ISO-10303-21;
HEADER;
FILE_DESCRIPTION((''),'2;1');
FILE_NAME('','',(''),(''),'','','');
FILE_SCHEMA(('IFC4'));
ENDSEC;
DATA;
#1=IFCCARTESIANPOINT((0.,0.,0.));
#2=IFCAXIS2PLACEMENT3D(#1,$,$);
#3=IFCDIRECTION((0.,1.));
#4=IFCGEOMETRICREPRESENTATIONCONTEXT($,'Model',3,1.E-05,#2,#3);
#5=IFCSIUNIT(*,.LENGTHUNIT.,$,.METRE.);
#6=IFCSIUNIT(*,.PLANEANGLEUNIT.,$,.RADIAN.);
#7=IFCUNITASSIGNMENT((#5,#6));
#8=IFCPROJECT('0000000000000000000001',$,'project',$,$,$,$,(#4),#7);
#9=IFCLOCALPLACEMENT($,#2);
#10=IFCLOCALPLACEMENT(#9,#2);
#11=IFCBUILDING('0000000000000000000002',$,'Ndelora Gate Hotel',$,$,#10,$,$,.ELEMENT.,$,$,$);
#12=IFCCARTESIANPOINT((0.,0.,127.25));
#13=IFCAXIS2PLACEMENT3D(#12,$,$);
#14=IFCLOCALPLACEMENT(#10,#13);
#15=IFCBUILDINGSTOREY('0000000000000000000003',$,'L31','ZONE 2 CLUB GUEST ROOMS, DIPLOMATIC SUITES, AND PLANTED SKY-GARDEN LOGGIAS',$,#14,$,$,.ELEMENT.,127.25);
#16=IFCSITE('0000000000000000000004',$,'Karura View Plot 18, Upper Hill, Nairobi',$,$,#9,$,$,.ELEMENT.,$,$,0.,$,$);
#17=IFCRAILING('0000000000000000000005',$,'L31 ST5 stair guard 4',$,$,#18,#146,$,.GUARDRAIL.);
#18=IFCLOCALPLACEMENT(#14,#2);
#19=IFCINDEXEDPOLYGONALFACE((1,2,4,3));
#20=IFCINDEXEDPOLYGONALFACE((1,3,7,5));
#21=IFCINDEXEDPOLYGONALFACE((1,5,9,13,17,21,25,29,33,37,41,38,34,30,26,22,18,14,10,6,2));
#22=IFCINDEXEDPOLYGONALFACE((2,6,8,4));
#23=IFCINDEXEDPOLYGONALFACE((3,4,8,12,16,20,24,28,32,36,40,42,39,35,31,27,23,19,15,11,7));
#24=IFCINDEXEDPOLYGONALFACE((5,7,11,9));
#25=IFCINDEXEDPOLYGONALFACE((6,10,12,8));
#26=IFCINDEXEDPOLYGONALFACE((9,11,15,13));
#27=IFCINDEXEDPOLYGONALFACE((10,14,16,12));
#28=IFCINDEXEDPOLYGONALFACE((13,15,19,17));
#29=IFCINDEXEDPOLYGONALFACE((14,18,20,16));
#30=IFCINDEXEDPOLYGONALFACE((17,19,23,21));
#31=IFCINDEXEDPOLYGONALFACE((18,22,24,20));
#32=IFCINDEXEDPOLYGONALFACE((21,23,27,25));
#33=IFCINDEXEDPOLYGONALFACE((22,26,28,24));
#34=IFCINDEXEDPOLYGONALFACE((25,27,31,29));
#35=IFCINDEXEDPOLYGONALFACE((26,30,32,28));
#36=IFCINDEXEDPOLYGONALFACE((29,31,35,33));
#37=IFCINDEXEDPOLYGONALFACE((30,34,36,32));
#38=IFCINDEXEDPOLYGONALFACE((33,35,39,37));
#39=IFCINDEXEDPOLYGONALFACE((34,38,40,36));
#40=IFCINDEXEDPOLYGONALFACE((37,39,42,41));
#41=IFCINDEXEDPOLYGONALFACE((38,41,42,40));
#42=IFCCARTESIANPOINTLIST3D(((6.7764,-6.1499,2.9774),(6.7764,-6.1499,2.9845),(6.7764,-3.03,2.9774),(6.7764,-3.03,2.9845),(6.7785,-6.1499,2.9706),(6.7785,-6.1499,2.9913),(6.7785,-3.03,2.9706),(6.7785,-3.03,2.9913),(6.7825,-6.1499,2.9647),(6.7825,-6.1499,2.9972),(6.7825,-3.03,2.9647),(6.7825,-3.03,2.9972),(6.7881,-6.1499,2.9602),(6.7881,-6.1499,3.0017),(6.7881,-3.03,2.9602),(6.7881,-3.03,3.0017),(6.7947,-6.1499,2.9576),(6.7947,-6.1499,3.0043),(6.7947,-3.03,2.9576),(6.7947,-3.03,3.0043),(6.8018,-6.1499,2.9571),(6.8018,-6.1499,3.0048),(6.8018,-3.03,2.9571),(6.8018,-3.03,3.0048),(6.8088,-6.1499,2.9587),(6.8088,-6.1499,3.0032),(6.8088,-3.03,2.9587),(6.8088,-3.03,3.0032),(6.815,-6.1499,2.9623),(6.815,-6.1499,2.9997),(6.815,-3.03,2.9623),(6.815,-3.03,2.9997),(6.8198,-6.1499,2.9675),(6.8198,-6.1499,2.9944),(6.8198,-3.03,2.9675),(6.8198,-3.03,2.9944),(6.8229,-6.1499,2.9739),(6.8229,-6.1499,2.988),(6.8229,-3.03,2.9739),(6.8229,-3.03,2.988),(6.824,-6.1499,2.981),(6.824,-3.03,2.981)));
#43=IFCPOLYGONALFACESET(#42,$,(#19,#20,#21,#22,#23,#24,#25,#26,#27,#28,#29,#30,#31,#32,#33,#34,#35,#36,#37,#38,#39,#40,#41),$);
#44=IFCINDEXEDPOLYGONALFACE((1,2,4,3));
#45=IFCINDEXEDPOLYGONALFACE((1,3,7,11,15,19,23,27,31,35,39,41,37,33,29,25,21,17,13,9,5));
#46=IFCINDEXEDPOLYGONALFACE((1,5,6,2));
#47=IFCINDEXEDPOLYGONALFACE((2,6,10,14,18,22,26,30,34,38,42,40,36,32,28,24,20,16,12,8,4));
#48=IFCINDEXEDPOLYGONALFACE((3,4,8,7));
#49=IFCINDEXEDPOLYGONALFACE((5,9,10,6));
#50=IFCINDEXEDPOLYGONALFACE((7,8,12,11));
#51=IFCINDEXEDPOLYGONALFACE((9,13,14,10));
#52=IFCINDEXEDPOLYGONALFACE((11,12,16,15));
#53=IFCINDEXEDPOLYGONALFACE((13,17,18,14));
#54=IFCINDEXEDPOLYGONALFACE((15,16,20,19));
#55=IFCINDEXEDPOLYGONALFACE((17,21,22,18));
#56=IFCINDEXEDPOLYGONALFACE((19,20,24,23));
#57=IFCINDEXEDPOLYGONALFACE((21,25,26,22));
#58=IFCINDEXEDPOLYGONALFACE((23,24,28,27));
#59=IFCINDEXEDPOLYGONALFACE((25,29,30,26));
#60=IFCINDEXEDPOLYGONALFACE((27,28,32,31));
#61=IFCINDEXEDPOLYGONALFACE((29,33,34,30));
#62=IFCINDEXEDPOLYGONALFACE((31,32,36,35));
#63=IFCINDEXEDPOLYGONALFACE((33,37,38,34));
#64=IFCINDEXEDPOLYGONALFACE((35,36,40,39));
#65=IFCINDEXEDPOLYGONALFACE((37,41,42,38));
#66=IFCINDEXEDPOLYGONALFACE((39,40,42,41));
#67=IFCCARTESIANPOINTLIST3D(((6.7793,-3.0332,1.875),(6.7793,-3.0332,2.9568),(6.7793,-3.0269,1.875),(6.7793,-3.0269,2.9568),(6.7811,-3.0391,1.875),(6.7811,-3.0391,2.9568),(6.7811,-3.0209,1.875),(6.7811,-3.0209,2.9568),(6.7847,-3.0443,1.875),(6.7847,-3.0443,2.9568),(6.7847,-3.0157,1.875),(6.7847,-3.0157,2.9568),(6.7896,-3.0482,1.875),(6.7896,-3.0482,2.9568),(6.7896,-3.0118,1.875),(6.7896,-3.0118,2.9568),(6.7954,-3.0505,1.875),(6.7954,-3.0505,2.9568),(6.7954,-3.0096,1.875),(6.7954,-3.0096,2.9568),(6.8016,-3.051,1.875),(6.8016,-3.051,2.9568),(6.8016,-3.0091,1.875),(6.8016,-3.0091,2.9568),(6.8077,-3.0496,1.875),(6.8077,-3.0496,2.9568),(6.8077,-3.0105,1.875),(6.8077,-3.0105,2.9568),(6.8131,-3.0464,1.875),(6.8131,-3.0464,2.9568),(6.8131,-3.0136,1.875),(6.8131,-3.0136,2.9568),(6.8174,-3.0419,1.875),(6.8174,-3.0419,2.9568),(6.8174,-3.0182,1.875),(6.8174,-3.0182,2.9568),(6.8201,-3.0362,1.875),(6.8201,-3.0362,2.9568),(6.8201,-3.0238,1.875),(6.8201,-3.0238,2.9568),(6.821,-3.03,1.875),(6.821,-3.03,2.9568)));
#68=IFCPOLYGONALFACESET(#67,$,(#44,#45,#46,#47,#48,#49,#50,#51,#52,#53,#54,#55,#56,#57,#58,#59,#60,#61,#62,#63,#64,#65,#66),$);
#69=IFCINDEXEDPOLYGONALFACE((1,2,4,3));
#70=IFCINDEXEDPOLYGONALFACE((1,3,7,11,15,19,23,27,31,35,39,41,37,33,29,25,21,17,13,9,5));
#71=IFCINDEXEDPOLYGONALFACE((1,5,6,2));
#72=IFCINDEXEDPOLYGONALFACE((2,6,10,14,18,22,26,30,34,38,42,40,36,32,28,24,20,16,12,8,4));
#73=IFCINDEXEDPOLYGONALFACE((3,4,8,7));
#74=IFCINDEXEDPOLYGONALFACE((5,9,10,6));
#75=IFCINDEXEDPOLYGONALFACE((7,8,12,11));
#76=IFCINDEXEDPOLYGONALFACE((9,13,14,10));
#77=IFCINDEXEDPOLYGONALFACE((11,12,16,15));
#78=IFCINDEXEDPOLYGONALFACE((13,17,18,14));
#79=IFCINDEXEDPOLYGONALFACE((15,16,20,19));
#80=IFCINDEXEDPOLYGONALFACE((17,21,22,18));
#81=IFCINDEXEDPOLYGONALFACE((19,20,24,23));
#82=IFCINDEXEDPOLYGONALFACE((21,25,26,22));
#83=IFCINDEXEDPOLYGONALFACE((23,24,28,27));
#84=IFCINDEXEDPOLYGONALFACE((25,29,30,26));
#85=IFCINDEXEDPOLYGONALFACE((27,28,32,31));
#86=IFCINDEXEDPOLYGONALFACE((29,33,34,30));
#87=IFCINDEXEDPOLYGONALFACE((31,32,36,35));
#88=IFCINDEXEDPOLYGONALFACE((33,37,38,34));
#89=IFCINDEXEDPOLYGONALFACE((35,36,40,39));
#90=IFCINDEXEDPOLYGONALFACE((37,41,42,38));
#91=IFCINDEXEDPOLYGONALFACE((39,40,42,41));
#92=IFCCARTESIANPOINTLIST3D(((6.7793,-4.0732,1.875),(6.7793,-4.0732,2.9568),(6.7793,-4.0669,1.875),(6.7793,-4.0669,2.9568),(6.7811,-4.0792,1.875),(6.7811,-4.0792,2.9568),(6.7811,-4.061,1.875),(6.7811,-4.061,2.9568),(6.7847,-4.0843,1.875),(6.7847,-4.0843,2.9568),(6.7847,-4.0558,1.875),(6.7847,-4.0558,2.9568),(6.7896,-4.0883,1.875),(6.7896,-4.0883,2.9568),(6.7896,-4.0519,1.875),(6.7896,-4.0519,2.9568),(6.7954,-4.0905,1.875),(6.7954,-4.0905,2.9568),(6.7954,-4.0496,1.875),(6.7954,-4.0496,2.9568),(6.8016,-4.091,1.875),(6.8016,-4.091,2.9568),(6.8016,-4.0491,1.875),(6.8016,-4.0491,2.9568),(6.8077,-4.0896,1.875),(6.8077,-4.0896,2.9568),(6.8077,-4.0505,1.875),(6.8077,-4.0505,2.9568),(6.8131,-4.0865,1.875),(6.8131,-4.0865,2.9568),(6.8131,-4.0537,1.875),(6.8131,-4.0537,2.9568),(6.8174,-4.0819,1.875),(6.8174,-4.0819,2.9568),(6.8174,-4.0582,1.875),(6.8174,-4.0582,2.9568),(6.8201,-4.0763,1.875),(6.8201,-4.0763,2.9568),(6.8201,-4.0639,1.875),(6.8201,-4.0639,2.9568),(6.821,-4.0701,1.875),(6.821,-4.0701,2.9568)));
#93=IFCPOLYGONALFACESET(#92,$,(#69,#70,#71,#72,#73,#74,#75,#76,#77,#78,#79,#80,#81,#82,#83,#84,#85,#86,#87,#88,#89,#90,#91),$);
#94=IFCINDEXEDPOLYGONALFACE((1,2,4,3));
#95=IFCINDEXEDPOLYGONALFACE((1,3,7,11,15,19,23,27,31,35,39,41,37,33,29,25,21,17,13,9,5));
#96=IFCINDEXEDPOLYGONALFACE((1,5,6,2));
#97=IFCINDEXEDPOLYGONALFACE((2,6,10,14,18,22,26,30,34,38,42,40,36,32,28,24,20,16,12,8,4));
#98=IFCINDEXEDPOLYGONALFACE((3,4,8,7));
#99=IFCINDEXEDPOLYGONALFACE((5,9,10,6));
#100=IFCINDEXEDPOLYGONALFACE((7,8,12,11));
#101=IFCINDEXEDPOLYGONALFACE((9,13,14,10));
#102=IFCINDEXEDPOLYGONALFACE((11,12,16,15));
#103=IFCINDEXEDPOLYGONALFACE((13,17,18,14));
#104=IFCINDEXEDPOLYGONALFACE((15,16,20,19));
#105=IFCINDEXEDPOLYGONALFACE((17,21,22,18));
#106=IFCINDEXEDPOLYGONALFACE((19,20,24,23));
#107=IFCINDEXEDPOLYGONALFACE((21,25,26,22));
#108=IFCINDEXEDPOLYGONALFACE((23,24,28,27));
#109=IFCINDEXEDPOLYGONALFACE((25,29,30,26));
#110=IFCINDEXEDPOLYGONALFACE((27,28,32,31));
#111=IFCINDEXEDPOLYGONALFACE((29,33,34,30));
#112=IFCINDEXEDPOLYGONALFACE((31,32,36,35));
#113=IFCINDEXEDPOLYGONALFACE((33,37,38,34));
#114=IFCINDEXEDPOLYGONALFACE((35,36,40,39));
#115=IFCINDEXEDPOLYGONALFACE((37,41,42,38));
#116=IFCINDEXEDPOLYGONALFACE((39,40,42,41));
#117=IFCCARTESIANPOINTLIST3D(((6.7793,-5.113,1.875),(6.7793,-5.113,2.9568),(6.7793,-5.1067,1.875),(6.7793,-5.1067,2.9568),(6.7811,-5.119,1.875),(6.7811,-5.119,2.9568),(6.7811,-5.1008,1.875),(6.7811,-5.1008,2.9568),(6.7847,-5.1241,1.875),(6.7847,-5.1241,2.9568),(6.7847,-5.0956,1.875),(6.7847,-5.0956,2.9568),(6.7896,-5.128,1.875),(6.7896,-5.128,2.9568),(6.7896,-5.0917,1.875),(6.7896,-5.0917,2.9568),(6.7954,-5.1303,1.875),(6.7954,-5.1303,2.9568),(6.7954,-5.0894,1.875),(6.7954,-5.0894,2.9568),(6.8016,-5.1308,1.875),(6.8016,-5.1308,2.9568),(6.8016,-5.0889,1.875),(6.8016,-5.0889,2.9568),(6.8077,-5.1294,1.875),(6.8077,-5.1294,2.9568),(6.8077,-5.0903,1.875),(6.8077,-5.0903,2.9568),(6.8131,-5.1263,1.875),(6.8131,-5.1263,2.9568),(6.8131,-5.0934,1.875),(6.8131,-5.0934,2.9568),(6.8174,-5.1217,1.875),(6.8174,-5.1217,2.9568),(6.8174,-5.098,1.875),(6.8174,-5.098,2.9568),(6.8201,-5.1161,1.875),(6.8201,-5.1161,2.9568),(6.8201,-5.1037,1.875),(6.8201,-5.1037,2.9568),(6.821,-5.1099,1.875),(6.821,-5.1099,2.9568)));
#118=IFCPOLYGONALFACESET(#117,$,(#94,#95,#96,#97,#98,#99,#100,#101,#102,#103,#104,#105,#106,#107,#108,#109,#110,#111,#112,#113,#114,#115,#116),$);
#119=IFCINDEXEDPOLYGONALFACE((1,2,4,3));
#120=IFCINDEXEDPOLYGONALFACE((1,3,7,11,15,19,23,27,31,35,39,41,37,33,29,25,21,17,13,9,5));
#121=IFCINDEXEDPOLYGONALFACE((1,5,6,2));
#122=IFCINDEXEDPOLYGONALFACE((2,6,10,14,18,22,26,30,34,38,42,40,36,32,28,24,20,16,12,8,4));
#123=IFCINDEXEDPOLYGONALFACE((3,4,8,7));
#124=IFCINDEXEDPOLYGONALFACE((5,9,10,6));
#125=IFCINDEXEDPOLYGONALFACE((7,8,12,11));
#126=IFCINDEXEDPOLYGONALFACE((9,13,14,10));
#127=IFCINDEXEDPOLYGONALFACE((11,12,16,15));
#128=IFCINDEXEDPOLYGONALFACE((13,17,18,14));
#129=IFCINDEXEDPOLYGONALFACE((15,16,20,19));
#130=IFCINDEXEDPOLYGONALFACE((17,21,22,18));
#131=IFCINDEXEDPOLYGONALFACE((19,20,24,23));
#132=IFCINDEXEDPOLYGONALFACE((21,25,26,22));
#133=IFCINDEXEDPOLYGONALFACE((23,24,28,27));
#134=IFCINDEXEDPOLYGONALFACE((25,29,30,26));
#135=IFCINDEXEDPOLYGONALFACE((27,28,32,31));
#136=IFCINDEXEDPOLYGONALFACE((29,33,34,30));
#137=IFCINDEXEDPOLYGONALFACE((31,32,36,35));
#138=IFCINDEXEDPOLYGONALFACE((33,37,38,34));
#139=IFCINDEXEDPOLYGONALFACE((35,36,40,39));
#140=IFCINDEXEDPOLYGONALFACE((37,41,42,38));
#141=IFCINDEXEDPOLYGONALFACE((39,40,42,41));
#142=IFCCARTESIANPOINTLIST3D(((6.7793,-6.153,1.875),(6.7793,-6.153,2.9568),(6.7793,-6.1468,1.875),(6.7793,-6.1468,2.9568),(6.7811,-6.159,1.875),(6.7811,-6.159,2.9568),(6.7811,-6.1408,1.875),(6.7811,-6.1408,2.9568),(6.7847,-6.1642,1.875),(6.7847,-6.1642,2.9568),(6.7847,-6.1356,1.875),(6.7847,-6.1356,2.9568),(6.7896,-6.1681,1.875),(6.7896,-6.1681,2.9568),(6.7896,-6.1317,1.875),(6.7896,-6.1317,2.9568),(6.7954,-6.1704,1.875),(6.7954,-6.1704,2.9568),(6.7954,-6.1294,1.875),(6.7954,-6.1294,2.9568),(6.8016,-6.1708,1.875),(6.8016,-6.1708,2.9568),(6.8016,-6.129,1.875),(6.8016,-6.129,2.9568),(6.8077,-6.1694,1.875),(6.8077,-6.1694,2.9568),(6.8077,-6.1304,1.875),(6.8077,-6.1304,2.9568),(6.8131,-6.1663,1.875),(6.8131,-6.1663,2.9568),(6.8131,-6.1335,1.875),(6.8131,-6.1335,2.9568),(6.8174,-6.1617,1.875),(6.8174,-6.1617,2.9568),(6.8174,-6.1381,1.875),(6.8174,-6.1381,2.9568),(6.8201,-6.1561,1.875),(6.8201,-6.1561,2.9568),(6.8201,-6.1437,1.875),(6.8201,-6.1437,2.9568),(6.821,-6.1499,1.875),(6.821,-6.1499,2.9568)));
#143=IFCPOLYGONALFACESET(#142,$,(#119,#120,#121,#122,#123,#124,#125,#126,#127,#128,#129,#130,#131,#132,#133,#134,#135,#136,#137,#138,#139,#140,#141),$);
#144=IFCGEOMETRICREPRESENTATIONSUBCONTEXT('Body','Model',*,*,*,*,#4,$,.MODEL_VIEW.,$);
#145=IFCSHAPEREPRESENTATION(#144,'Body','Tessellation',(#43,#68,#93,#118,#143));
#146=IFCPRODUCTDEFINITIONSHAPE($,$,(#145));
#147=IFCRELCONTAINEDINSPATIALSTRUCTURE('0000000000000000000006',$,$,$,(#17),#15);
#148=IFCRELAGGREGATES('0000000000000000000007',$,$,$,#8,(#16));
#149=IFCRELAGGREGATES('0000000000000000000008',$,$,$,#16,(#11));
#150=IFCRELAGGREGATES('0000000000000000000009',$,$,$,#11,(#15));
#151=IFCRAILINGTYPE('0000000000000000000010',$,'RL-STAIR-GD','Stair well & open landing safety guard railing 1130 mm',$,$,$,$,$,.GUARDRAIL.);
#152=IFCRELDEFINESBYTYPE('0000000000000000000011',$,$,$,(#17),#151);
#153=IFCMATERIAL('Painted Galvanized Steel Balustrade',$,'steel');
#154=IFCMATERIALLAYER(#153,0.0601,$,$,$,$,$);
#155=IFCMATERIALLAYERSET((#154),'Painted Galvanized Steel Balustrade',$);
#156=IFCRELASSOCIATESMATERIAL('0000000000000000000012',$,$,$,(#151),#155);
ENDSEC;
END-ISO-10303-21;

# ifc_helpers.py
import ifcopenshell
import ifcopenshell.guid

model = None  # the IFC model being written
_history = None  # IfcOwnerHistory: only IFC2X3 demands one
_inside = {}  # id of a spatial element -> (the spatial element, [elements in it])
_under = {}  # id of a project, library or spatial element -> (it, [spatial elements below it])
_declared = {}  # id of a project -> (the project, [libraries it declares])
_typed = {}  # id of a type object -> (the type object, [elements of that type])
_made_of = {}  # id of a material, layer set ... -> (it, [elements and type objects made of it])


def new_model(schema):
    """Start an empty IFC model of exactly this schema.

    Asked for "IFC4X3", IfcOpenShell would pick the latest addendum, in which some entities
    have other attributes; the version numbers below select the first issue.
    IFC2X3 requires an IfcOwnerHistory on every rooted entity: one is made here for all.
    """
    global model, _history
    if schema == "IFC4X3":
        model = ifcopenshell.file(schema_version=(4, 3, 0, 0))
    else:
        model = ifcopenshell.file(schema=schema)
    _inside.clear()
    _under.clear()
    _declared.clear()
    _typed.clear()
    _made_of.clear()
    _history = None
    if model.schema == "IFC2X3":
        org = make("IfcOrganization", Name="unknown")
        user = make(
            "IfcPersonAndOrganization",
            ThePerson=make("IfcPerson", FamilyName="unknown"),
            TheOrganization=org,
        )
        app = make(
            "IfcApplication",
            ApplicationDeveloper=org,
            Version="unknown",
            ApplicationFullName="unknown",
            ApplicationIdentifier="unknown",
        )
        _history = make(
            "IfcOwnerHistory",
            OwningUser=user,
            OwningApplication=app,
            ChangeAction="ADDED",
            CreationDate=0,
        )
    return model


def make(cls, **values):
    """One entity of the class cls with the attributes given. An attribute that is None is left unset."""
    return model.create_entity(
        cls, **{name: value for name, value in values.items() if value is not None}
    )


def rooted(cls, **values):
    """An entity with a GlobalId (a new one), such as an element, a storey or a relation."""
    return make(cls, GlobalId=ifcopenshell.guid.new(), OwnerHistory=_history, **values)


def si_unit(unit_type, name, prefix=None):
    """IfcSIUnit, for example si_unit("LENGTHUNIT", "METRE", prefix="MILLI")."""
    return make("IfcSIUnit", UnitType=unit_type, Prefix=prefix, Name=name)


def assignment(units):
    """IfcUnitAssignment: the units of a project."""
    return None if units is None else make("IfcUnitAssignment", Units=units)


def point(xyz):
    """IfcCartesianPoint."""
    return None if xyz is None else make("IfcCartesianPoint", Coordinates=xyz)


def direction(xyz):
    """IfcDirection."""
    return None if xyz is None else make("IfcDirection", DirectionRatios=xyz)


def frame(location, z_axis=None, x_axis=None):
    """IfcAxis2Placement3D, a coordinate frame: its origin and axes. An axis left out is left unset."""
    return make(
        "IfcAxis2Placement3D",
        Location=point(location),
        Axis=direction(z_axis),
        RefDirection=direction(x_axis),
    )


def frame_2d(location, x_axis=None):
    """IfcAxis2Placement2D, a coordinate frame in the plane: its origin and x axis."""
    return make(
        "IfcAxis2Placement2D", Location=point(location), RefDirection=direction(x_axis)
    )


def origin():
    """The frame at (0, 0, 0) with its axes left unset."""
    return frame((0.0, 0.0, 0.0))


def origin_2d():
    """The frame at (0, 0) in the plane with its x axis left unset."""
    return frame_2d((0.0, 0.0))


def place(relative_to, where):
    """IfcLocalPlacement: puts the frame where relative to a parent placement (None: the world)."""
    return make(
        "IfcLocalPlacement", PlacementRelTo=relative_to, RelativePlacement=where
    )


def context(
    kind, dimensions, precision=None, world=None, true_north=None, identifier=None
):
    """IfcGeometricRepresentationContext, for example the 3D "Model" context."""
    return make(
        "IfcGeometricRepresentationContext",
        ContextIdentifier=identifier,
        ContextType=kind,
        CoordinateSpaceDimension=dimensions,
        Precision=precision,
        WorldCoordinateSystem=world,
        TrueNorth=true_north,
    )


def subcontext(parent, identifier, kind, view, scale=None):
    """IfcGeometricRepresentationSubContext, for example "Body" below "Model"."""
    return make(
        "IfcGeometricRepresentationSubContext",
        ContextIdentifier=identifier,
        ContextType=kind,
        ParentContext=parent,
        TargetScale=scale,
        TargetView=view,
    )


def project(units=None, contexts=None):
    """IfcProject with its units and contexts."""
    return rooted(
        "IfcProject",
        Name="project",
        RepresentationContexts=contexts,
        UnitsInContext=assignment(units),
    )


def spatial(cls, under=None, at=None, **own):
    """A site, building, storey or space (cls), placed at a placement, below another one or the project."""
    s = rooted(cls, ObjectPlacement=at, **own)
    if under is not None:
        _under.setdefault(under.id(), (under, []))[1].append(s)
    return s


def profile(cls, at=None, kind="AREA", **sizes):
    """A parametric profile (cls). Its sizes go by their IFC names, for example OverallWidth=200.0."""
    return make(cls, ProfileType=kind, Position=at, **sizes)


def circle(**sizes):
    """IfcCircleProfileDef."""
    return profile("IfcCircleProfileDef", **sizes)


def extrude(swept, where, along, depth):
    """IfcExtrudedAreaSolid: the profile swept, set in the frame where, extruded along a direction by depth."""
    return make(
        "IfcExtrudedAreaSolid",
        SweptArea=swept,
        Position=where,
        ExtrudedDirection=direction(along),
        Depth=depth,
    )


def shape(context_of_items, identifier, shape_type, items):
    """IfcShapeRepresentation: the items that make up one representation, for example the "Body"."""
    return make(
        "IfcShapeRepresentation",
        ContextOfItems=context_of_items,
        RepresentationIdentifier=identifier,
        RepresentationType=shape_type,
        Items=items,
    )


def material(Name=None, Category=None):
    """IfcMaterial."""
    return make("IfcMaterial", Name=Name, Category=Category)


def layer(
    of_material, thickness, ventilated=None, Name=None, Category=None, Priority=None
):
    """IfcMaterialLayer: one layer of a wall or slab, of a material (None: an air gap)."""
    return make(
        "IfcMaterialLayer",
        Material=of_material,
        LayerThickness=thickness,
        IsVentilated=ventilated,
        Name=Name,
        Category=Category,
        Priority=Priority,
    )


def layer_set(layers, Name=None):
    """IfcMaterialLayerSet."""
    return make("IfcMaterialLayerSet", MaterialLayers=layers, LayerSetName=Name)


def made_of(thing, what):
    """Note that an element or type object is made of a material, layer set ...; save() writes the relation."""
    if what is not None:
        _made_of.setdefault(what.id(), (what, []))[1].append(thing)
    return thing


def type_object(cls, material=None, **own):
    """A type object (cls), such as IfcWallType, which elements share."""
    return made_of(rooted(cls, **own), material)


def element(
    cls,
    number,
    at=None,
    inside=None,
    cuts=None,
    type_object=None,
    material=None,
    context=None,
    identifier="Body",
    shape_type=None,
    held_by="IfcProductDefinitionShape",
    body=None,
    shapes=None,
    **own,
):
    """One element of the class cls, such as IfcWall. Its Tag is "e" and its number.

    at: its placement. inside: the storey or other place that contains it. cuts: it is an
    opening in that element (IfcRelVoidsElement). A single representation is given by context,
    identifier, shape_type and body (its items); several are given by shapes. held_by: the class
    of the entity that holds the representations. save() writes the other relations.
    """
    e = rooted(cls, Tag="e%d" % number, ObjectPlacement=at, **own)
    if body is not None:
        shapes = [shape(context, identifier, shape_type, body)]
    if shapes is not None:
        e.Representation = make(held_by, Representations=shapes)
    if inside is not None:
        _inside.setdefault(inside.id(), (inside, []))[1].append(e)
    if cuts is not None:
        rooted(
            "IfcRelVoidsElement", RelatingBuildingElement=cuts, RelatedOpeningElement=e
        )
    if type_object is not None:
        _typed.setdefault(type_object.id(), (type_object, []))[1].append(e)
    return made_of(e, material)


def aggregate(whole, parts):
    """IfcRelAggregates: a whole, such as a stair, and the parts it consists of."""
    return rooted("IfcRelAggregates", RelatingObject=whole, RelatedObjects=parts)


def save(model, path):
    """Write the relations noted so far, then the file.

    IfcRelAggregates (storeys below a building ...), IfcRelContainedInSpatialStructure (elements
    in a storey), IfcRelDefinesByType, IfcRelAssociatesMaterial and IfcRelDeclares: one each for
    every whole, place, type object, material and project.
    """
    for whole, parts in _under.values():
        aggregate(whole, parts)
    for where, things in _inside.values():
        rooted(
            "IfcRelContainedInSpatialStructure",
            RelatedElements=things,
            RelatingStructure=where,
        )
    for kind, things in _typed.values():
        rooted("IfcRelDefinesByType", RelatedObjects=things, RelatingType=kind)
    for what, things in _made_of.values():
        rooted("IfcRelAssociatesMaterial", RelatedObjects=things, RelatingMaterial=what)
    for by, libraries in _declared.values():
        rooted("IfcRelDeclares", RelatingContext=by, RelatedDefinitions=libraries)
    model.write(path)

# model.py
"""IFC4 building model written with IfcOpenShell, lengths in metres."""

from ifc_helpers import new_model, si_unit, direction, frame, origin, origin_2d, place, context, subcontext, project, spatial, circle, extrude, material, layer, layer_set, type_object, element, save


model = new_model("IFC4")

# Units and contexts
model_context = context("Model", 3, precision=1e-05, world=origin(), true_north=direction((0.0, 1.0)))
body_context = subcontext(model_context, "Body", "Model", "MODEL_VIEW")
ifc_project = project(units=[si_unit("LENGTHUNIT", "METRE"), si_unit("PLANEANGLEUNIT", "RADIAN")], contexts=[model_context])

# Site, building, storey
site_placement = place(None, origin())
site = spatial("IfcSite", under=ifc_project, at=site_placement, Name="Karura View Plot 18, Upper Hill, Nairobi", CompositionType="ELEMENT", RefElevation=0.0)
building_placement = place(site_placement, origin())
building = spatial("IfcBuilding", under=site, at=building_placement, Name="Ndelora Gate Hotel", CompositionType="ELEMENT")
storey_placement = place(building_placement, frame((0.0, 0.0, 127.25)))
storey = spatial("IfcBuildingStorey", under=building, at=storey_placement, Name="L31", Description="ZONE 2 CLUB GUEST ROOMS, DIPLOMATIC SUITES, AND PLANTED SKY-GARDEN LOGGIAS", CompositionType="ELEMENT", Elevation=127.25)

# Railing
ifc_material_1 = material(Name="Painted Galvanized Steel Balustrade", Category="steel")
ifc_layer_1 = layer(ifc_material_1, 0.0601)
ifc_layer_set_1 = layer_set([ifc_layer_1], Name="Painted Galvanized Steel Balustrade")
railing_type_1 = type_object("IfcRailingType", Name="RL-STAIR-GD", Description="Stair well & open landing safety guard railing 1130 mm", PredefinedType="GUARDRAIL", material=ifc_layer_set_1)
railing_1_placement = place(storey_placement, frame((6.8, -3.03, 1.875)))
element("IfcRailing", 1, at=railing_1_placement, inside=storey, type_object=railing_type_1, Name="L31 ST5 stair guard 4", PredefinedType="GUARDRAIL", context=body_context, shape_type="SweptSolid", body=[
    extrude(circle(Radius=0.0239, at=origin_2d()), frame((0.0, 0.0, 1.106), z_axis=(0.0, -1.0, 0.0), x_axis=(1.0, 0.0, 0.0)), (0.0, 0.0, 1.0), 3.1199),
    extrude(circle(Radius=0.021, at=origin_2d()), origin(), (0.0, 0.0, 1.0), 1.0818),
    extrude(circle(Radius=0.021, at=origin_2d()), frame((0.0, -1.04, 0.0)), (0.0, 0.0, 1.0), 1.0818),
    extrude(circle(Radius=0.021, at=origin_2d()), frame((0.0, -2.0798, 0.0)), (0.0, 0.0, 1.0), 1.0818),
    extrude(circle(Radius=0.021, at=origin_2d()), frame((0.0, -3.1199, 0.0)), (0.0, 0.0, 1.0), 1.0818),
])

save(model, "model.ifc")
